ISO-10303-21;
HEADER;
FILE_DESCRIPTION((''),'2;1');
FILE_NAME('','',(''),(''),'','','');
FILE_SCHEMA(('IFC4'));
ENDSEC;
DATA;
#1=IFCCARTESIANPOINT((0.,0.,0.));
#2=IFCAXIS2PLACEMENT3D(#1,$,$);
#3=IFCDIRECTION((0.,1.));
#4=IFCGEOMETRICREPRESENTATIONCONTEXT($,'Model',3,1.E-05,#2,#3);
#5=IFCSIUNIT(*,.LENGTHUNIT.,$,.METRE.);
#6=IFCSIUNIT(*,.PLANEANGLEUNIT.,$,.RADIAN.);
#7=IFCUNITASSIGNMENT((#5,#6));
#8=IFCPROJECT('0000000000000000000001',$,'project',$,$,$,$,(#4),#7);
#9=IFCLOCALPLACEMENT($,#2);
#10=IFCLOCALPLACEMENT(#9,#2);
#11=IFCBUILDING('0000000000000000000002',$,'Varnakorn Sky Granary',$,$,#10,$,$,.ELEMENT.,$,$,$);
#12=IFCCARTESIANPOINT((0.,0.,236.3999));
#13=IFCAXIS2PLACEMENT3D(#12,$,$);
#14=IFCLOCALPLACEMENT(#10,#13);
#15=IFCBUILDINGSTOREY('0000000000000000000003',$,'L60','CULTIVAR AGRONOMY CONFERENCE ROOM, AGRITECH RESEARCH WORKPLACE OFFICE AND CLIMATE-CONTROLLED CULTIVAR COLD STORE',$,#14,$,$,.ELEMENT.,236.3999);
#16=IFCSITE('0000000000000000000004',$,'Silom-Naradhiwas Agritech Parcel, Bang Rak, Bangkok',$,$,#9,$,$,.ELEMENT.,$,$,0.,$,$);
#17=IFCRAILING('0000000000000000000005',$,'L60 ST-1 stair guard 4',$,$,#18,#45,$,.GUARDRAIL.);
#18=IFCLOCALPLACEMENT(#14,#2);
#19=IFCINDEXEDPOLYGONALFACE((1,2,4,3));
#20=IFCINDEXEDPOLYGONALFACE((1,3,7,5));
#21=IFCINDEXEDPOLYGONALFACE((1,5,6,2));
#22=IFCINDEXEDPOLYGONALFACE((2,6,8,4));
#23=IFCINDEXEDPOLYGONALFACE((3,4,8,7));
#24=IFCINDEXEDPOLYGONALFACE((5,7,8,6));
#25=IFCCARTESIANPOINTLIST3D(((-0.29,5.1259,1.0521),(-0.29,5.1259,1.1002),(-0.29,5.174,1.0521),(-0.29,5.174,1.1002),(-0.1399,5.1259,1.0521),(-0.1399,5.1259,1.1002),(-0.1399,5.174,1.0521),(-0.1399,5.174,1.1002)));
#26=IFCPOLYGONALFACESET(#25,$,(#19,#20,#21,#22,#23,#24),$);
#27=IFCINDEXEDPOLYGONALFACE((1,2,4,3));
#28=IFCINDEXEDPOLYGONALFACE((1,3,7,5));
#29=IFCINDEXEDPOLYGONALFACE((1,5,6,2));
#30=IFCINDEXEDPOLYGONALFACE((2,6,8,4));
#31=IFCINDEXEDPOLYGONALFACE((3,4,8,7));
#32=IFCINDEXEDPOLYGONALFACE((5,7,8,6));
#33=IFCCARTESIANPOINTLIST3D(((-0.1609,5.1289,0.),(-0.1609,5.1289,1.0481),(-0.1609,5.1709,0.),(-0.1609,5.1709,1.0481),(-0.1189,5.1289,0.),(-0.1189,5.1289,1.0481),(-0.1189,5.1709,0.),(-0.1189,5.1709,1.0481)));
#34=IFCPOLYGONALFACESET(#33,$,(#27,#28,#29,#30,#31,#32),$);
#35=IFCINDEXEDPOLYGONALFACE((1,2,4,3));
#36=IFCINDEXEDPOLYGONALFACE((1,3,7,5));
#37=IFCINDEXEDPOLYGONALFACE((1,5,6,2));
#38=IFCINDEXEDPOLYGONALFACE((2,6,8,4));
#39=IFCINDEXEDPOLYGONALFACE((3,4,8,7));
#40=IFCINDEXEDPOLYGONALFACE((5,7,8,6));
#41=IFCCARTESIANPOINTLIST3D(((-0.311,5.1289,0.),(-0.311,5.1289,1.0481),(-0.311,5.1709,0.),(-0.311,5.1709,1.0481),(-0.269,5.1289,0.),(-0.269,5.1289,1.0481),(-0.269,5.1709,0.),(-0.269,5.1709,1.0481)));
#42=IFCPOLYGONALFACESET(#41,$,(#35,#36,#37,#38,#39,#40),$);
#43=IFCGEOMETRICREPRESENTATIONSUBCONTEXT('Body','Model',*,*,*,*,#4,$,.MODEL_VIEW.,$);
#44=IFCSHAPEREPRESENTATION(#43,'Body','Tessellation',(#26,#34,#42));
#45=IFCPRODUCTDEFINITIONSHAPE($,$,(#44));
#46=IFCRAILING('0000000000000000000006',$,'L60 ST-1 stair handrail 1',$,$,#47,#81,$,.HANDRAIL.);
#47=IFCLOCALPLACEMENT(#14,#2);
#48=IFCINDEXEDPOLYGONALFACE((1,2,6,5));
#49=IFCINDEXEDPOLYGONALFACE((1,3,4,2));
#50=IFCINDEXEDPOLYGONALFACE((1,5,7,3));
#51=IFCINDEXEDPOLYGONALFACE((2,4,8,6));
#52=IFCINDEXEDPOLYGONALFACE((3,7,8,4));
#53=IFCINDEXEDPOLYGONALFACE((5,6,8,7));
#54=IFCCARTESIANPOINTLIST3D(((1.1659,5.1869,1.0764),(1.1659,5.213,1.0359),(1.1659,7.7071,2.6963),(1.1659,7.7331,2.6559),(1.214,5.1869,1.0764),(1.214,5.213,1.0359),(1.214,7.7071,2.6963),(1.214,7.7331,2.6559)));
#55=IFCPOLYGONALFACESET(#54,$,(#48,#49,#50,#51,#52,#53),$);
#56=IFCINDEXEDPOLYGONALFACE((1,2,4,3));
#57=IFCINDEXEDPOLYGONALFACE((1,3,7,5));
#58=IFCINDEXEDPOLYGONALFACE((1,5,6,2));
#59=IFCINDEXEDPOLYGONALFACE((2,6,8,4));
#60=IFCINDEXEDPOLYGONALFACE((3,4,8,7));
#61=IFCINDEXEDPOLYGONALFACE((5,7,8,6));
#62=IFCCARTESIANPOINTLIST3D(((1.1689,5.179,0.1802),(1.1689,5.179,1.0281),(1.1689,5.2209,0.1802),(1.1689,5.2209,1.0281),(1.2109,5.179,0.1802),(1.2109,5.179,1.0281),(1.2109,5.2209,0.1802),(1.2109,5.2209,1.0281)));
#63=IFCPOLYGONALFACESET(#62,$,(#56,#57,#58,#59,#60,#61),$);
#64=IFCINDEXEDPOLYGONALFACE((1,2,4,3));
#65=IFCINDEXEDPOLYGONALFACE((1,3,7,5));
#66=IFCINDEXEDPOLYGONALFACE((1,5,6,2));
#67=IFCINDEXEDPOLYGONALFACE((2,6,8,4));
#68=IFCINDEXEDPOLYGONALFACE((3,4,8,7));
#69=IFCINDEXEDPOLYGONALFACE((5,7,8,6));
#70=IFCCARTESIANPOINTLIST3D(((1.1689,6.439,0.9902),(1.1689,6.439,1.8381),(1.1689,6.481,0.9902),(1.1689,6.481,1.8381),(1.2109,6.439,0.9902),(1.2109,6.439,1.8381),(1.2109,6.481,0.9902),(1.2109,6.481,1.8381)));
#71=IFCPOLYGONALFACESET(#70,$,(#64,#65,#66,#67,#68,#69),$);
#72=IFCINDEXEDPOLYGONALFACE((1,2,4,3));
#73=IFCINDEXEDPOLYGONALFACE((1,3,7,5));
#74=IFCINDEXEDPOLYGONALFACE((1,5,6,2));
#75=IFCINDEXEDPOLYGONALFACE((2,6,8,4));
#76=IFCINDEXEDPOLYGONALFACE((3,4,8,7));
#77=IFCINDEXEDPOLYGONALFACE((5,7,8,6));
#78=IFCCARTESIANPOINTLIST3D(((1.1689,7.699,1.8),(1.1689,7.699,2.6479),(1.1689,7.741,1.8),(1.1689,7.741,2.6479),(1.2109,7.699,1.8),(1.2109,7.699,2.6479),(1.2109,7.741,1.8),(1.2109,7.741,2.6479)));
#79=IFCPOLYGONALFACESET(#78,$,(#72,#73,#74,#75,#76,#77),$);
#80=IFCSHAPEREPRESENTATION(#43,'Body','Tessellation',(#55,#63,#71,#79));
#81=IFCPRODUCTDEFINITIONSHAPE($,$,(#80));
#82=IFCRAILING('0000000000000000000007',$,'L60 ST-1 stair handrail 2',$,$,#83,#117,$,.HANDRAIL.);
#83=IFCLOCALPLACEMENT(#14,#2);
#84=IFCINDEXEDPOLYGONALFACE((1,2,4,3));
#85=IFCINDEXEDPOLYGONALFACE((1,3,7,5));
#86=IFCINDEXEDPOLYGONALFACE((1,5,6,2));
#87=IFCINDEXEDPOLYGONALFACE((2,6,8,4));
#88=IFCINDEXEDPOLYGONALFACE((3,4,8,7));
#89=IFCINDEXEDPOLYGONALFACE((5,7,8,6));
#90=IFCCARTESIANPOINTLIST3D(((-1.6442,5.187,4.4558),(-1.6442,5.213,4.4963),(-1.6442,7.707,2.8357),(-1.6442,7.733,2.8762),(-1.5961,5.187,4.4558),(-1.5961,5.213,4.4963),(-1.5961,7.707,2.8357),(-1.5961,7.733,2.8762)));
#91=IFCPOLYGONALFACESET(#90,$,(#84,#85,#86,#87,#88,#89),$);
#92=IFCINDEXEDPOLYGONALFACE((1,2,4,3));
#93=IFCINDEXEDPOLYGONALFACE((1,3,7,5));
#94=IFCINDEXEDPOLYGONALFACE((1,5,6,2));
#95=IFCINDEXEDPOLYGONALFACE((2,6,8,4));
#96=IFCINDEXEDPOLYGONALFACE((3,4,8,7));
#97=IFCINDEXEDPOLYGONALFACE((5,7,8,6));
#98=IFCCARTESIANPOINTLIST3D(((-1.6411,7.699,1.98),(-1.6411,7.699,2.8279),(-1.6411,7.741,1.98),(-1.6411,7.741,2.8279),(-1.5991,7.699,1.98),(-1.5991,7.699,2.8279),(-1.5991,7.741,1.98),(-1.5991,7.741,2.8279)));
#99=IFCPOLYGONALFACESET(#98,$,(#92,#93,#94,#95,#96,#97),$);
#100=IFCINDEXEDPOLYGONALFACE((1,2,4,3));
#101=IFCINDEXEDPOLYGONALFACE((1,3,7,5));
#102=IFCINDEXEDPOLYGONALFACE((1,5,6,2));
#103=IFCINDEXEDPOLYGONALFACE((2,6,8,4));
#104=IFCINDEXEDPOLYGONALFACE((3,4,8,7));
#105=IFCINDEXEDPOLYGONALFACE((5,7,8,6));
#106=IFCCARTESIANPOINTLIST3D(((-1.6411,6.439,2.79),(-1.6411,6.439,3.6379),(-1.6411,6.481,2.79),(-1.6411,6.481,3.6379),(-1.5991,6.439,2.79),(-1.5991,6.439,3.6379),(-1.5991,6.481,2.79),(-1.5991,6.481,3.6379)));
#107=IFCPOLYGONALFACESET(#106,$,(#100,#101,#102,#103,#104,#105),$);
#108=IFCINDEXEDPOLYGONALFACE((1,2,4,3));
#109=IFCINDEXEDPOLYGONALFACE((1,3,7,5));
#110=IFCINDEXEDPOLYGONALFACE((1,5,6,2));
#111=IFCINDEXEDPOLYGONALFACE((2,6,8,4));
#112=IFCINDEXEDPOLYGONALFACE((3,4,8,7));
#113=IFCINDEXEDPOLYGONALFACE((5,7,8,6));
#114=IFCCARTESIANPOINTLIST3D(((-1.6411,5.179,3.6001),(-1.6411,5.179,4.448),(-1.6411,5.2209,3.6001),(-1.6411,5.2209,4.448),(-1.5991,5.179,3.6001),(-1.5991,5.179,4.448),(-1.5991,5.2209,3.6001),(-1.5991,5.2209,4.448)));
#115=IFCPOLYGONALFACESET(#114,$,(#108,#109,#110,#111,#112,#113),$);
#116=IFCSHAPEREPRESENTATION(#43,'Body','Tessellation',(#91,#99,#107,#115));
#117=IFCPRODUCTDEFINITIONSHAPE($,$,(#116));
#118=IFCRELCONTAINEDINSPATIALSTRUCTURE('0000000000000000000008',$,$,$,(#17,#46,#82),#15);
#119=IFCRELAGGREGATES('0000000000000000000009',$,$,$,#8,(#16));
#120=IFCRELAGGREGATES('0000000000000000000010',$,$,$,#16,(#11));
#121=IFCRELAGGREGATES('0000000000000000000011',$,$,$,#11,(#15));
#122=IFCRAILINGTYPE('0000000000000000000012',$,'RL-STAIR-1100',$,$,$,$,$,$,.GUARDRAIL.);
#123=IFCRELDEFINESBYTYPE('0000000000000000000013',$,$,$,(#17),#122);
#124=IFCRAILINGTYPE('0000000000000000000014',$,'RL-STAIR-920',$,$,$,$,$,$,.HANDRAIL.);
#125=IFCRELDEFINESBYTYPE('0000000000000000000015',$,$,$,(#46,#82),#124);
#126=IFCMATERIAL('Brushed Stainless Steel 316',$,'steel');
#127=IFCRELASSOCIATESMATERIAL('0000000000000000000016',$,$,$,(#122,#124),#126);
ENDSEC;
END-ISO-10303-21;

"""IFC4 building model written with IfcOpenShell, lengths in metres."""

from ifc_helpers import new_model, si_unit, direction, frame, origin, origin_2d, place, context, subcontext, project, spatial, rectangle, extrude, material, type_object, element, save


model = new_model("IFC4")

# Units and contexts
model_context = context("Model", 3, precision=1e-05, world=origin(), true_north=direction((0.0, 1.0)))
body_context = subcontext(model_context, "Body", "Model", "MODEL_VIEW")
ifc_project = project(units=[si_unit("LENGTHUNIT", "METRE"), si_unit("PLANEANGLEUNIT", "RADIAN")], contexts=[model_context])

# Site, building, storey
site_placement = place(None, origin())
site = spatial("IfcSite", under=ifc_project, at=site_placement, Name="Silom-Naradhiwas Agritech Parcel, Bang Rak, Bangkok", CompositionType="ELEMENT", RefElevation=0.0)
building_placement = place(site_placement, origin())
building = spatial("IfcBuilding", under=site, at=building_placement, Name="Varnakorn Sky Granary", CompositionType="ELEMENT")
storey_placement = place(building_placement, frame((0.0, 0.0, 236.3999)))
storey = spatial("IfcBuildingStorey", under=building, at=storey_placement, Name="L60", Description="CULTIVAR AGRONOMY CONFERENCE ROOM, AGRITECH RESEARCH WORKPLACE OFFICE AND CLIMATE-CONTROLLED CULTIVAR COLD STORE", CompositionType="ELEMENT", Elevation=236.3999)

# Railings
ifc_material_1 = material(Name="Brushed Stainless Steel 316", Category="steel")
railing_type_1 = type_object("IfcRailingType", Name="RL-STAIR-1100", PredefinedType="GUARDRAIL", material=ifc_material_1)
railing_1_placement = place(storey_placement, frame((-0.1399, 5.1499, 0.0)))
element("IfcRailing", 1, at=railing_1_placement, inside=storey, type_object=railing_type_1, Name="L60 ST-1 stair guard 4", PredefinedType="GUARDRAIL", context=body_context, shape_type="SweptSolid", body=[
    extrude(rectangle(XDim=0.0481, YDim=0.0481, at=origin_2d()), frame((0.0, 0.0, 1.0762), z_axis=(-1.0, 0.0, 0.0), x_axis=(0.0, -1.0, 0.0)), (0.0, 0.0, 1.0), 0.1501),
    extrude(rectangle(XDim=0.042, YDim=0.042, at=origin_2d()), origin(), (0.0, 0.0, 1.0), 1.0481),
    extrude(rectangle(XDim=0.042, YDim=0.042, at=origin_2d()), frame((-0.1501, 0.0, 0.0)), (0.0, 0.0, 1.0), 1.0481),
])
railing_type_2 = type_object("IfcRailingType", Name="RL-STAIR-920", PredefinedType="HANDRAIL", material=ifc_material_1)
railing_2_placement = place(storey_placement, frame((1.1899, 5.2, 0.1802)))
element("IfcRailing", 2, at=railing_2_placement, inside=storey, type_object=railing_type_2, Name="L60 ST-1 stair handrail 1", PredefinedType="HANDRAIL", context=body_context, shape_type="SweptSolid", body=[
    extrude(rectangle(XDim=0.0481, YDim=0.0481, at=origin_2d()), frame((0.0, 0.0, 0.876), z_axis=(0.0, 0.8412, 0.540725), x_axis=(-1.0, 0.0, 0.0)), (0.0, 0.0, 1.0), 2.9958),
    extrude(rectangle(XDim=0.042, YDim=0.042, at=origin_2d()), origin(), (0.0, 0.0, 1.0), 0.8479),
    extrude(rectangle(XDim=0.042, YDim=0.042, at=origin_2d()), frame((0.0, 1.26, 0.8101)), (0.0, 0.0, 1.0), 0.8479),
    extrude(rectangle(XDim=0.042, YDim=0.042, at=origin_2d()), frame((0.0, 2.52, 1.6199)), (0.0, 0.0, 1.0), 0.8479),
])
railing_3_placement = place(storey_placement, frame((-1.6201, 7.72, 1.98)))
element("IfcRailing", 3, at=railing_3_placement, inside=storey, type_object=railing_type_2, Name="L60 ST-1 stair handrail 2", PredefinedType="HANDRAIL", context=body_context, shape_type="SweptSolid", body=[
    extrude(rectangle(XDim=0.0481, YDim=0.0481, at=origin_2d()), frame((0.0, 0.0, 0.876), z_axis=(0.0, -0.841163, 0.540782), x_axis=(1.0, 0.0, 0.0)), (0.0, 0.0, 1.0), 2.9958),
    extrude(rectangle(XDim=0.042, YDim=0.042, at=origin_2d()), origin(), (0.0, 0.0, 1.0), 0.8479),
    extrude(rectangle(XDim=0.042, YDim=0.042, at=origin_2d()), frame((0.0, -1.26, 0.8101)), (0.0, 0.0, 1.0), 0.8479),
    extrude(rectangle(XDim=0.042, YDim=0.042, at=origin_2d()), frame((0.0, -2.52, 1.6201)), (0.0, 0.0, 1.0), 0.8479),
])

save(model, "model.ifc")
